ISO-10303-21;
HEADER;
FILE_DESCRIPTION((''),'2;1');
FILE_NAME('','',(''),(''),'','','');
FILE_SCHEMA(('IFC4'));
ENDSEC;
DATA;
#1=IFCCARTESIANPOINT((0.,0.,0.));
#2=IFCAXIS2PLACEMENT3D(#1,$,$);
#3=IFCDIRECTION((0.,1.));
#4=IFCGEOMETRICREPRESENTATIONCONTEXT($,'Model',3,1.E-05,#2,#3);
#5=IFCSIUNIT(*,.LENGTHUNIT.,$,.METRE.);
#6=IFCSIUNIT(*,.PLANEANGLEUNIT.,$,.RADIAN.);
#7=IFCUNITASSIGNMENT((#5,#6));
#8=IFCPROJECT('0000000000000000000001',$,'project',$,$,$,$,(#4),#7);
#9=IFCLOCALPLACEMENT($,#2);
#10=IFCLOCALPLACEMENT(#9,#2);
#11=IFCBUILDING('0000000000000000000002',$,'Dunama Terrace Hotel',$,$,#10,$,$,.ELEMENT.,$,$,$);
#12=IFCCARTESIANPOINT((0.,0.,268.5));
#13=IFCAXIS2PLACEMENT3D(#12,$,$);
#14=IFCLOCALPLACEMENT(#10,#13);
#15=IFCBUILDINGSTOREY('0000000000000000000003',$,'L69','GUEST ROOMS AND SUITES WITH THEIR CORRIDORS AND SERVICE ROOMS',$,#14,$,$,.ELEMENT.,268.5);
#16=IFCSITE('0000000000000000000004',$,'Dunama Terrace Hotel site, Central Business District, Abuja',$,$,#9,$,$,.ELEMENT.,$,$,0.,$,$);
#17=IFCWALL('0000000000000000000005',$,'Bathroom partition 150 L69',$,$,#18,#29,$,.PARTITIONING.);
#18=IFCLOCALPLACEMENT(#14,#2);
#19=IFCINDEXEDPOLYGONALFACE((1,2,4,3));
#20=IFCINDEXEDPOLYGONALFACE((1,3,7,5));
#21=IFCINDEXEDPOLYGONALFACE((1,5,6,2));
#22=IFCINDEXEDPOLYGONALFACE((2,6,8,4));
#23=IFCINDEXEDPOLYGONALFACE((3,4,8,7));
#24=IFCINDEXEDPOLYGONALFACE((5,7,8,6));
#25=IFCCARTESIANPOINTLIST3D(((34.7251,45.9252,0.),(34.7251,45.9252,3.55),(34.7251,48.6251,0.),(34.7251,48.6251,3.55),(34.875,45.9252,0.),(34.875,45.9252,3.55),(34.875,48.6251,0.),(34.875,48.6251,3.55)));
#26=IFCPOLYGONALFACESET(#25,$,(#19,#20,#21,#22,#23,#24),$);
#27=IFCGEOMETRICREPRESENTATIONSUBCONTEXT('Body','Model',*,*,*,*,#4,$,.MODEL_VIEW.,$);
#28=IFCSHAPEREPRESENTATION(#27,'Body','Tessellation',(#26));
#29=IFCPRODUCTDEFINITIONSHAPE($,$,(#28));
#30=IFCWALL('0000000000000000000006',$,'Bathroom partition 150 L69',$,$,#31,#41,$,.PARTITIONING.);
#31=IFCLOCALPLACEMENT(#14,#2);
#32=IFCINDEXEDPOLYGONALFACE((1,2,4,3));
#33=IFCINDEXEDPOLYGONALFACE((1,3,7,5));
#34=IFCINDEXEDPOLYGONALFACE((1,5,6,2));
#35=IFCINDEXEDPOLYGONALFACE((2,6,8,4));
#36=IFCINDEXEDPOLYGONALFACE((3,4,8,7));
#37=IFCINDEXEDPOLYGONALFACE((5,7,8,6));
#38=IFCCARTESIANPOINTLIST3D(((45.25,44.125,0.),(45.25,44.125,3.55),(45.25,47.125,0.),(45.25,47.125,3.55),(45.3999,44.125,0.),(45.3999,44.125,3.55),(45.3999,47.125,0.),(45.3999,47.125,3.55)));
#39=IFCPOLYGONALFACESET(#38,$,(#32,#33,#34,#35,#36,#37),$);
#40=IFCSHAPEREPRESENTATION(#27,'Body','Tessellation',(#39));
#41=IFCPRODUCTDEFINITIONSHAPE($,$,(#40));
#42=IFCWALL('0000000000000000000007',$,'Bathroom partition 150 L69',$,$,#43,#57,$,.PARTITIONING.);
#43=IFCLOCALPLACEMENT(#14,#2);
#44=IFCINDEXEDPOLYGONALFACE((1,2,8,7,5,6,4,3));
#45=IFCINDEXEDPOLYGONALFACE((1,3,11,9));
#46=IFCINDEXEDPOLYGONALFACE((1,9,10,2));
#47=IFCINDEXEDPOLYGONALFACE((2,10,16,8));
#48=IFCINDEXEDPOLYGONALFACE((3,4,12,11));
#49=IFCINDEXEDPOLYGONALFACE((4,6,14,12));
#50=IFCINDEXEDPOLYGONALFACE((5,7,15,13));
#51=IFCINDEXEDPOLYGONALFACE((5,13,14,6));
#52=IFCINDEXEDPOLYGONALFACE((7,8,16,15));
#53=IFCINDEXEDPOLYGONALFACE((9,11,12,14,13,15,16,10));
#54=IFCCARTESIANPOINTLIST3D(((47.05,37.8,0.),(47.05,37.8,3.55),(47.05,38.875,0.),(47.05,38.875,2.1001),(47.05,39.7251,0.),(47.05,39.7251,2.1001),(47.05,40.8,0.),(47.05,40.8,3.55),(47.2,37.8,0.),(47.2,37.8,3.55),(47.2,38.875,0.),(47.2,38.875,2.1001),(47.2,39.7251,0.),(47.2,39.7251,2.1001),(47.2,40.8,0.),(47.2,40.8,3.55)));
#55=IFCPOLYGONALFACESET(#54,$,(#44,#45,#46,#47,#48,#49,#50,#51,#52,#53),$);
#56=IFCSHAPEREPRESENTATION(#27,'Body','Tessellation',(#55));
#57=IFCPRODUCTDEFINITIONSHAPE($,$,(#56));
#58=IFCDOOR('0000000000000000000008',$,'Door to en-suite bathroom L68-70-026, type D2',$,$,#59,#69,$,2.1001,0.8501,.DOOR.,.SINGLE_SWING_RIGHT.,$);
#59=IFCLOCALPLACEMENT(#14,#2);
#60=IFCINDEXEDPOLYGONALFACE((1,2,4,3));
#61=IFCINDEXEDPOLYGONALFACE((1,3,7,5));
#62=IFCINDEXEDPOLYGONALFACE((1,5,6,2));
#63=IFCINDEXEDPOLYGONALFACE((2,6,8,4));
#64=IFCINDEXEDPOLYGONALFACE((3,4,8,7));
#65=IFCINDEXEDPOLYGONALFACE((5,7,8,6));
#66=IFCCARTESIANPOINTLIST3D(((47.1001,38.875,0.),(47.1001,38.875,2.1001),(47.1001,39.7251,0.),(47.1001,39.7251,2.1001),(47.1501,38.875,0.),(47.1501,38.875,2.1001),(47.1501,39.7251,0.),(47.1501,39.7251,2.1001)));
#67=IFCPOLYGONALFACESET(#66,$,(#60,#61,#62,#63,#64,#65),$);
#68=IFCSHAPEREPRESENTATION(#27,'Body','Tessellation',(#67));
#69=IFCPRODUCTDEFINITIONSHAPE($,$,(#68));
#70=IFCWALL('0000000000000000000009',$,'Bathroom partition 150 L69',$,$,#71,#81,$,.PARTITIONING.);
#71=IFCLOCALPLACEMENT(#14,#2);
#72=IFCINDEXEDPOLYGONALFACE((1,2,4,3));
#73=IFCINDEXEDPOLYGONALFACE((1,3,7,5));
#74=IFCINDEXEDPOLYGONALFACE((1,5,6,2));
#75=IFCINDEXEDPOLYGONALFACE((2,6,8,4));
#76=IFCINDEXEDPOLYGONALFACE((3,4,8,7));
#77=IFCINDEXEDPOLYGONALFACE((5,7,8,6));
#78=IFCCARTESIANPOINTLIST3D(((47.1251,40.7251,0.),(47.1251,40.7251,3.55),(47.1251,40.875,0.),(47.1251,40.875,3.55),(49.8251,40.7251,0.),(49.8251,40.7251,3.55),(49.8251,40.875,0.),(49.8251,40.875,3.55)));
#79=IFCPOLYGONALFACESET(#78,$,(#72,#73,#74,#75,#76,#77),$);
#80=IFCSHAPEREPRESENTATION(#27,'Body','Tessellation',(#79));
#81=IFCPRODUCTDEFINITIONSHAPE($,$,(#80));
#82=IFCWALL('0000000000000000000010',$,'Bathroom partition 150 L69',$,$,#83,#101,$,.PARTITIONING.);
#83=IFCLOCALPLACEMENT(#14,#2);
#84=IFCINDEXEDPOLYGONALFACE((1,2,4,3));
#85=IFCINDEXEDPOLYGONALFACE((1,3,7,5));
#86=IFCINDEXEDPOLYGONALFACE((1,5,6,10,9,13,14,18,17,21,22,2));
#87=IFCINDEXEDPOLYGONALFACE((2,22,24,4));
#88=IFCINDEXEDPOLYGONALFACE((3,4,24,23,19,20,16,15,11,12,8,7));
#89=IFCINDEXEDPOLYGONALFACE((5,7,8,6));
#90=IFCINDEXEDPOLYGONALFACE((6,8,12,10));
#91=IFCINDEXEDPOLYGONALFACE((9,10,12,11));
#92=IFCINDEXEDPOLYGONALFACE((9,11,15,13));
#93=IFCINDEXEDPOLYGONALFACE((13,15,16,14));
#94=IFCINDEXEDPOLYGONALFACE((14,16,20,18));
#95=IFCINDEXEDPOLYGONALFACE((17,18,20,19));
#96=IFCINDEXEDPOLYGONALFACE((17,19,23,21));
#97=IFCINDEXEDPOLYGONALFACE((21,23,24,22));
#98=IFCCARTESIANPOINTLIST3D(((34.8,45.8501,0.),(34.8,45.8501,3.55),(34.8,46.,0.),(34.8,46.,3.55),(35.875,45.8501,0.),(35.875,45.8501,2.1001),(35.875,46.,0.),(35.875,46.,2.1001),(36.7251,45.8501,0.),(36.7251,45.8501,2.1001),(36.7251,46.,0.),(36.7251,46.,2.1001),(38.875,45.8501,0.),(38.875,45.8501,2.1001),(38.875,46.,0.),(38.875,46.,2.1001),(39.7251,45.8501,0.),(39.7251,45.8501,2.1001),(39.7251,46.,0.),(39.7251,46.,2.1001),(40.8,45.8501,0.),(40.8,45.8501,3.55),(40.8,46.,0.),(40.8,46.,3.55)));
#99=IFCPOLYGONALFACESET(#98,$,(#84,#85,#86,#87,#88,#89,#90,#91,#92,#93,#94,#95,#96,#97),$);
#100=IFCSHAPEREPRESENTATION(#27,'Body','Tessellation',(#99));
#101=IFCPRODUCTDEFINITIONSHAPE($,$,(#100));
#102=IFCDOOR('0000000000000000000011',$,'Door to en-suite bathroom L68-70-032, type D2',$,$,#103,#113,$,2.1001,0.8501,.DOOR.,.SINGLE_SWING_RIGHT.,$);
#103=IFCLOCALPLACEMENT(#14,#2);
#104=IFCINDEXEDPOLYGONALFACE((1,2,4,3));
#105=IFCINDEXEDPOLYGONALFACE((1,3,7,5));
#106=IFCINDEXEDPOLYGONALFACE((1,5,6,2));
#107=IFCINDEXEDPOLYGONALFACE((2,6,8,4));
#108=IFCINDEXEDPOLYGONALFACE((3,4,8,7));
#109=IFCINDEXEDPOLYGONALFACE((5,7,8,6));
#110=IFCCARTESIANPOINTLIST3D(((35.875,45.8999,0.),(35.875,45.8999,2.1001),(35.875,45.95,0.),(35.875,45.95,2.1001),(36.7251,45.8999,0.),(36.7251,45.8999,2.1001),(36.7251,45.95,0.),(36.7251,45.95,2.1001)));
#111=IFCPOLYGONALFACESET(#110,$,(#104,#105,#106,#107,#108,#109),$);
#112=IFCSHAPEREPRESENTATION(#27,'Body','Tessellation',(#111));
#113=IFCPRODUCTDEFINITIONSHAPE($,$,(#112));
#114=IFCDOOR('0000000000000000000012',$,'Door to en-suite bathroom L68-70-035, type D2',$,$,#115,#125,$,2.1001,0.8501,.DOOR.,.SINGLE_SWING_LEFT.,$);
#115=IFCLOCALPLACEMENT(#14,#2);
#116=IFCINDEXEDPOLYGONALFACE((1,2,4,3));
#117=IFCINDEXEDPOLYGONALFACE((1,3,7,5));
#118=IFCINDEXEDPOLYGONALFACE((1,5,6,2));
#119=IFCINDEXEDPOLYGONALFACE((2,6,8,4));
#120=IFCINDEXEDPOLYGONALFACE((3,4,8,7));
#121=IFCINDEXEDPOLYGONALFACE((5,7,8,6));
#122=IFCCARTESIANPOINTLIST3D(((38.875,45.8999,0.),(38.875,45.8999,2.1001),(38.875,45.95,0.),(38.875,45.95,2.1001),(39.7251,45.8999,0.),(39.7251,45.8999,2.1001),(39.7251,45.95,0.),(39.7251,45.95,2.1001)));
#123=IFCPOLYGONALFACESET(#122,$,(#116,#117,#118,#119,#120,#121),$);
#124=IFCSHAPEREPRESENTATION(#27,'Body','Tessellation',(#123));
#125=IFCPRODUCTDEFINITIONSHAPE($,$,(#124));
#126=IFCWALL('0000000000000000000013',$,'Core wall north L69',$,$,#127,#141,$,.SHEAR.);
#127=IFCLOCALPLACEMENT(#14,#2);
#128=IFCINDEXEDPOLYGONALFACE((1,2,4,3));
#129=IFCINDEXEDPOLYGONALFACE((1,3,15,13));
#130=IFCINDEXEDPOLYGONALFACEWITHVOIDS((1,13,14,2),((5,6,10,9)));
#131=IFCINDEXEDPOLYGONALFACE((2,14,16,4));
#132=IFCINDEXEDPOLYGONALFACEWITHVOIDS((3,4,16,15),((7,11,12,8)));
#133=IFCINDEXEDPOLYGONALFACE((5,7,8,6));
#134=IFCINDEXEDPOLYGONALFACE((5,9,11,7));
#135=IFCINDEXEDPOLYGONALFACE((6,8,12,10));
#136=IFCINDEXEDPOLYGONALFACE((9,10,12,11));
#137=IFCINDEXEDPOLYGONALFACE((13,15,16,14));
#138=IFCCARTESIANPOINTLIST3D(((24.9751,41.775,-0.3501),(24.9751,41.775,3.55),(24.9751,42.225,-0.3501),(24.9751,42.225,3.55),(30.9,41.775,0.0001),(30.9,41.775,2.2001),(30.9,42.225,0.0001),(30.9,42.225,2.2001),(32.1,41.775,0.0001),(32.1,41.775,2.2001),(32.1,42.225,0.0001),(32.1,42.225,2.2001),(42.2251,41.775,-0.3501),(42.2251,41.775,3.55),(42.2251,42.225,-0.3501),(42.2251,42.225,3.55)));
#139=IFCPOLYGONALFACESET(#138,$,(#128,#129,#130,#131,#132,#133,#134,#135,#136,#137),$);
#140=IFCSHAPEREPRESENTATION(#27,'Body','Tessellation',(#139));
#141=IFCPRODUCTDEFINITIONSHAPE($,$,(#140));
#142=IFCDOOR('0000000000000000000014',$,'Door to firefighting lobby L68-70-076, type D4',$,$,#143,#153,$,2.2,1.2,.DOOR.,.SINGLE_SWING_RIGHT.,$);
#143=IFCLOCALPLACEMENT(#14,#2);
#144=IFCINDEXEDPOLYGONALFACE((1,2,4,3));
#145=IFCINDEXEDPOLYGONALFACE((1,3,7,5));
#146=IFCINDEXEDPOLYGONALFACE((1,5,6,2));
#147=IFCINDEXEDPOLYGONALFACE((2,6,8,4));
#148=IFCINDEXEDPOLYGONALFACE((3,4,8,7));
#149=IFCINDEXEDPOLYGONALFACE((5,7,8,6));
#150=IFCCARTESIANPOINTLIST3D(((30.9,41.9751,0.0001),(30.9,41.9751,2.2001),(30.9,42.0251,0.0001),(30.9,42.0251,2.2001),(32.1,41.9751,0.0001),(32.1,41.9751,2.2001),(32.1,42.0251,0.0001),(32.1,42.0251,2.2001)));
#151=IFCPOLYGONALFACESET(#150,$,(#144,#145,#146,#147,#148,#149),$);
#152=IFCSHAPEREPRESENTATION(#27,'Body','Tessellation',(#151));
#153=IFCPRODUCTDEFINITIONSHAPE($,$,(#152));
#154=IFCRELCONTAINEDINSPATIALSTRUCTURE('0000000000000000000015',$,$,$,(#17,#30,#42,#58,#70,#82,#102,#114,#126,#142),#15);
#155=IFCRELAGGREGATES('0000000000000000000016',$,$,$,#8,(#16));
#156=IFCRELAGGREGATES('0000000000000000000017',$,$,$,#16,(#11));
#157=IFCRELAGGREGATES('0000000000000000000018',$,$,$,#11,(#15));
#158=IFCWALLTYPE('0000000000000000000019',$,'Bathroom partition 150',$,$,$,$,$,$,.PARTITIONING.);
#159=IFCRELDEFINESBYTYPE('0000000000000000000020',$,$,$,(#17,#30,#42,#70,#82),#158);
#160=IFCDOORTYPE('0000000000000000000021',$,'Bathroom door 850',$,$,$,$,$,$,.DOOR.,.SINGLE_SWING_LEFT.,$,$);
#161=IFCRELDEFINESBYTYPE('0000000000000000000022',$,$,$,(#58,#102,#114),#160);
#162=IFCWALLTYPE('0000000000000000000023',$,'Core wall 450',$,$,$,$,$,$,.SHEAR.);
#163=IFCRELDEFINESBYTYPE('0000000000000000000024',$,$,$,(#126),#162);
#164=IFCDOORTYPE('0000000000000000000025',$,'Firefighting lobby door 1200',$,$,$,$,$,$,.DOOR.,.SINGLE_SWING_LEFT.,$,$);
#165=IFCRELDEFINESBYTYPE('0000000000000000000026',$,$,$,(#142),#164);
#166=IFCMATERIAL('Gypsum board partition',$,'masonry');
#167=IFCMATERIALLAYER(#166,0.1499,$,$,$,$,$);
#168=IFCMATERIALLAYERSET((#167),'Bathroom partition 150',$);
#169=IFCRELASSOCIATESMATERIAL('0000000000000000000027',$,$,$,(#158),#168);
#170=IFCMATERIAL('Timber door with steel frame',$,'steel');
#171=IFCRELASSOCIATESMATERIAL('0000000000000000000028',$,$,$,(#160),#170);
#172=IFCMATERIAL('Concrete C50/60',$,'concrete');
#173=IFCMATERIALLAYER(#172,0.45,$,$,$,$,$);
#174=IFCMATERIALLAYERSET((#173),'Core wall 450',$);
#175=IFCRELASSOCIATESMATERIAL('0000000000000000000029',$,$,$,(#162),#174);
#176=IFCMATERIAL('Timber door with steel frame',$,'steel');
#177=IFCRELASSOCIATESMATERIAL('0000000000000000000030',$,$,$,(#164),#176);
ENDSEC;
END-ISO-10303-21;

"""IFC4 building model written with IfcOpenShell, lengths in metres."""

from ifc_helpers import new_model, si_unit, direction, frame, frame_2d, origin, place, context, subcontext, project, spatial, rectangle, extrude, material, layer, layer_set, type_object, element, fill, save


model = new_model("IFC4")

# Units and contexts
model_context = context("Model", 3, precision=1e-05, world=origin(), true_north=direction((0.0, 1.0)))
body_context = subcontext(model_context, "Body", "Model", "MODEL_VIEW")
ifc_project = project(units=[si_unit("LENGTHUNIT", "METRE"), si_unit("PLANEANGLEUNIT", "RADIAN")], contexts=[model_context])

# Site, building, storey
site_placement = place(None, origin())
site = spatial("IfcSite", under=ifc_project, at=site_placement, Name="Dunama Terrace Hotel site, Central Business District, Abuja", CompositionType="ELEMENT", RefElevation=0.0)
building_placement = place(site_placement, origin())
building = spatial("IfcBuilding", under=site, at=building_placement, Name="Dunama Terrace Hotel", CompositionType="ELEMENT")
storey_placement = place(building_placement, frame((0.0, 0.0, 268.5)))
storey = spatial("IfcBuildingStorey", under=building, at=storey_placement, Name="L69", Description="GUEST ROOMS AND SUITES WITH THEIR CORRIDORS AND SERVICE ROOMS", CompositionType="ELEMENT", Elevation=268.5)

# Walls
ifc_material_1 = material(Name="Gypsum board partition", Category="masonry")
ifc_layer_1 = layer(ifc_material_1, 0.1499)
ifc_layer_set_1 = layer_set([ifc_layer_1], Name="Bathroom partition 150")
wall_type_1 = type_object("IfcWallType", Name="Bathroom partition 150", PredefinedType="PARTITIONING", material=ifc_layer_set_1)
wall_1_placement = place(storey_placement, frame((34.8, 45.925, 0.0), z_axis=(0.0, 0.0, 1.0), x_axis=(0.0, 1.0, 0.0)))
element("IfcWall", 1, at=wall_1_placement, inside=storey, type_object=wall_type_1, Name="Bathroom partition 150 L69", PredefinedType="PARTITIONING", context=body_context, shape_type="SweptSolid", body=[
    extrude(rectangle(XDim=2.7, YDim=0.1499, at=frame_2d((1.3501, 0.0))), origin(), (0.0, 0.0, 1.0), 3.55),
])
wall_2_placement = place(storey_placement, frame((45.325, 44.125, 0.0), z_axis=(0.0, 0.0, 1.0), x_axis=(0.0, 1.0, 0.0)))
element("IfcWall", 2, at=wall_2_placement, inside=storey, type_object=wall_type_1, Name="Bathroom partition 150 L69", PredefinedType="PARTITIONING", context=body_context, shape_type="SweptSolid", body=[
    extrude(rectangle(XDim=3.0, YDim=0.1499, at=frame_2d((1.5, 0.0))), origin(), (0.0, 0.0, 1.0), 3.55),
])

# Wall, opening, door
wall_3_placement = place(storey_placement, frame((47.125, 37.8, 0.0), z_axis=(0.0, 0.0, 1.0), x_axis=(0.0, 1.0, 0.0)))
wall_3 = element("IfcWall", 3, at=wall_3_placement, inside=storey, type_object=wall_type_1, Name="Bathroom partition 150 L69", PredefinedType="PARTITIONING", context=body_context, shape_type="SweptSolid", body=[
    extrude(rectangle(XDim=3.0, YDim=0.1499, at=frame_2d((1.5, 0.0))), origin(), (0.0, 0.0, 1.0), 3.55),
])
opening_1_placement = place(wall_3_placement, frame((1.075, 0.0, 0.0)))
opening_1 = element("IfcOpeningElement", 4, at=opening_1_placement, cuts=wall_3, PredefinedType="OPENING", context=body_context, shape_type="SweptSolid", body=[
    extrude(rectangle(XDim=0.8501, YDim=2.1001, at=frame_2d((0.425, 1.05))), frame((0.0, 0.085, 0.0), z_axis=(0.0, -1.0, 0.0), x_axis=(1.0, 0.0, 0.0)), (0.0, 0.0, 1.0), 0.1699),
])
ifc_material_2 = material(Name="Timber door with steel frame", Category="steel")
door_type_1 = type_object("IfcDoorType", Name="Bathroom door 850", OperationType="SINGLE_SWING_LEFT", PredefinedType="DOOR", material=ifc_material_2)
door_1_placement = place(opening_1_placement, frame((0.8501, 0.0, 0.0), z_axis=(0.0, 0.0, 1.0), x_axis=(-1.0, 0.0, 0.0)))
door_1 = element("IfcDoor", 5, at=door_1_placement, inside=storey, type_object=door_type_1, Name="Door to en-suite bathroom L68-70-026, type D2", OperationType="SINGLE_SWING_RIGHT", OverallHeight=2.1001, OverallWidth=0.8501, PredefinedType="DOOR", context=body_context, shape_type="SweptSolid", body=[
    extrude(rectangle(XDim=0.8501, YDim=2.1001, at=frame_2d((0.425, 1.05))), frame((0.0, 0.0251, 0.0), z_axis=(0.0, -1.0, 0.0), x_axis=(1.0, 0.0, 0.0)), (0.0, 0.0, 1.0), 0.05),
])
fill(opening_1, door_1)

# Wall
wall_4_placement = place(storey_placement, frame((47.125, 40.8, 0.0), z_axis=(0.0, 0.0, 1.0), x_axis=(1.0, 0.0, 0.0)))
element("IfcWall", 6, at=wall_4_placement, inside=storey, type_object=wall_type_1, Name="Bathroom partition 150 L69", PredefinedType="PARTITIONING", context=body_context, shape_type="SweptSolid", body=[
    extrude(rectangle(XDim=2.7, YDim=0.1499, at=frame_2d((1.3501, 0.0))), origin(), (0.0, 0.0, 1.0), 3.55),
])

# Wall, openings, doors
wall_5_placement = place(storey_placement, frame((34.8, 45.925, 0.0), z_axis=(0.0, 0.0, 1.0), x_axis=(1.0, 0.0, 0.0)))
wall_5 = element("IfcWall", 7, at=wall_5_placement, inside=storey, type_object=wall_type_1, Name="Bathroom partition 150 L69", PredefinedType="PARTITIONING", context=body_context, shape_type="SweptSolid", body=[
    extrude(rectangle(XDim=6.0, YDim=0.1499, at=frame_2d((3.0, 0.0))), origin(), (0.0, 0.0, 1.0), 3.55),
])
opening_2_placement = place(wall_5_placement, frame((1.075, 0.0, 0.0)))
opening_2 = element("IfcOpeningElement", 8, at=opening_2_placement, cuts=wall_5, PredefinedType="OPENING", context=body_context, shape_type="SweptSolid", body=[
    extrude(rectangle(XDim=0.8501, YDim=2.1001, at=frame_2d((0.425, 1.05))), frame((0.0, 0.085, 0.0), z_axis=(0.0, -1.0, 0.0), x_axis=(1.0, 0.0, 0.0)), (0.0, 0.0, 1.0), 0.1699),
])
opening_3_placement = place(wall_5_placement, frame((4.075, 0.0, 0.0)))
opening_3 = element("IfcOpeningElement", 9, at=opening_3_placement, cuts=wall_5, PredefinedType="OPENING", context=body_context, shape_type="SweptSolid", body=[
    extrude(rectangle(XDim=0.8501, YDim=2.1001, at=frame_2d((0.425, 1.05))), frame((0.0, 0.085, 0.0), z_axis=(0.0, -1.0, 0.0), x_axis=(1.0, 0.0, 0.0)), (0.0, 0.0, 1.0), 0.1699),
])
door_2_placement = place(opening_2_placement, origin())
door_2 = element("IfcDoor", 10, at=door_2_placement, inside=storey, type_object=door_type_1, Name="Door to en-suite bathroom L68-70-032, type D2", OperationType="SINGLE_SWING_RIGHT", OverallHeight=2.1001, OverallWidth=0.8501, PredefinedType="DOOR", context=body_context, shape_type="SweptSolid", body=[
    extrude(rectangle(XDim=0.8501, YDim=2.1001, at=frame_2d((0.425, 1.05))), frame((0.0, 0.0249, 0.0), z_axis=(0.0, -1.0, 0.0), x_axis=(1.0, 0.0, 0.0)), (0.0, 0.0, 1.0), 0.05),
])
fill(opening_2, door_2)
door_3_placement = place(opening_3_placement, origin())
door_3 = element("IfcDoor", 11, at=door_3_placement, inside=storey, type_object=door_type_1, Name="Door to en-suite bathroom L68-70-035, type D2", OperationType="SINGLE_SWING_LEFT", OverallHeight=2.1001, OverallWidth=0.8501, PredefinedType="DOOR", context=body_context, shape_type="SweptSolid", body=[
    extrude(rectangle(XDim=0.8501, YDim=2.1001, at=frame_2d((0.425, 1.05))), frame((0.0, 0.0249, 0.0), z_axis=(0.0, -1.0, 0.0), x_axis=(1.0, 0.0, 0.0)), (0.0, 0.0, 1.0), 0.05),
])
fill(opening_3, door_3)

# Wall, opening, door
ifc_material_3 = material(Name="Concrete C50/60", Category="concrete")
ifc_layer_2 = layer(ifc_material_3, 0.45)
ifc_layer_set_2 = layer_set([ifc_layer_2], Name="Core wall 450")
wall_type_2 = type_object("IfcWallType", Name="Core wall 450", PredefinedType="SHEAR", material=ifc_layer_set_2)
wall_6_placement = place(storey_placement, frame((42.2251, 42.0, -0.3501), z_axis=(0.0, 0.0, 1.0), x_axis=(-1.0, 0.0, 0.0)))
wall_6 = element("IfcWall", 12, at=wall_6_placement, inside=storey, type_object=wall_type_2, Name="Core wall north L69", PredefinedType="SHEAR", context=body_context, shape_type="SweptSolid", body=[
    extrude(rectangle(XDim=17.25, YDim=0.45, at=frame_2d((8.625, 0.0))), origin(), (0.0, 0.0, 1.0), 3.9001),
])
opening_4_placement = place(wall_6_placement, frame((10.125, 0.0, 0.3501)))
opening_4 = element("IfcOpeningElement", 13, at=opening_4_placement, cuts=wall_6, PredefinedType="OPENING", context=body_context, shape_type="SweptSolid", body=[
    extrude(rectangle(XDim=1.2, YDim=2.2, at=frame_2d((0.6001, 1.1001))), frame((0.0, 0.2349, 0.0), z_axis=(0.0, -1.0, 0.0), x_axis=(1.0, 0.0, 0.0)), (0.0, 0.0, 1.0), 0.47),
])
ifc_material_4 = material(Name="Timber door with steel frame", Category="steel")
door_type_2 = type_object("IfcDoorType", Name="Firefighting lobby door 1200", OperationType="SINGLE_SWING_LEFT", PredefinedType="DOOR", material=ifc_material_4)
door_4_placement = place(opening_4_placement, origin())
door_4 = element("IfcDoor", 14, at=door_4_placement, inside=storey, type_object=door_type_2, Name="Door to firefighting lobby L68-70-076, type D4", OperationType="SINGLE_SWING_RIGHT", OverallHeight=2.2, OverallWidth=1.2, PredefinedType="DOOR", context=body_context, shape_type="SweptSolid", body=[
    extrude(rectangle(XDim=1.2, YDim=2.2, at=frame_2d((0.6001, 1.1001))), frame((0.0, 0.0249, 0.0), z_axis=(0.0, -1.0, 0.0), x_axis=(1.0, 0.0, 0.0)), (0.0, 0.0, 1.0), 0.05),
])
fill(opening_4, door_4)

save(model, "model.ifc")
